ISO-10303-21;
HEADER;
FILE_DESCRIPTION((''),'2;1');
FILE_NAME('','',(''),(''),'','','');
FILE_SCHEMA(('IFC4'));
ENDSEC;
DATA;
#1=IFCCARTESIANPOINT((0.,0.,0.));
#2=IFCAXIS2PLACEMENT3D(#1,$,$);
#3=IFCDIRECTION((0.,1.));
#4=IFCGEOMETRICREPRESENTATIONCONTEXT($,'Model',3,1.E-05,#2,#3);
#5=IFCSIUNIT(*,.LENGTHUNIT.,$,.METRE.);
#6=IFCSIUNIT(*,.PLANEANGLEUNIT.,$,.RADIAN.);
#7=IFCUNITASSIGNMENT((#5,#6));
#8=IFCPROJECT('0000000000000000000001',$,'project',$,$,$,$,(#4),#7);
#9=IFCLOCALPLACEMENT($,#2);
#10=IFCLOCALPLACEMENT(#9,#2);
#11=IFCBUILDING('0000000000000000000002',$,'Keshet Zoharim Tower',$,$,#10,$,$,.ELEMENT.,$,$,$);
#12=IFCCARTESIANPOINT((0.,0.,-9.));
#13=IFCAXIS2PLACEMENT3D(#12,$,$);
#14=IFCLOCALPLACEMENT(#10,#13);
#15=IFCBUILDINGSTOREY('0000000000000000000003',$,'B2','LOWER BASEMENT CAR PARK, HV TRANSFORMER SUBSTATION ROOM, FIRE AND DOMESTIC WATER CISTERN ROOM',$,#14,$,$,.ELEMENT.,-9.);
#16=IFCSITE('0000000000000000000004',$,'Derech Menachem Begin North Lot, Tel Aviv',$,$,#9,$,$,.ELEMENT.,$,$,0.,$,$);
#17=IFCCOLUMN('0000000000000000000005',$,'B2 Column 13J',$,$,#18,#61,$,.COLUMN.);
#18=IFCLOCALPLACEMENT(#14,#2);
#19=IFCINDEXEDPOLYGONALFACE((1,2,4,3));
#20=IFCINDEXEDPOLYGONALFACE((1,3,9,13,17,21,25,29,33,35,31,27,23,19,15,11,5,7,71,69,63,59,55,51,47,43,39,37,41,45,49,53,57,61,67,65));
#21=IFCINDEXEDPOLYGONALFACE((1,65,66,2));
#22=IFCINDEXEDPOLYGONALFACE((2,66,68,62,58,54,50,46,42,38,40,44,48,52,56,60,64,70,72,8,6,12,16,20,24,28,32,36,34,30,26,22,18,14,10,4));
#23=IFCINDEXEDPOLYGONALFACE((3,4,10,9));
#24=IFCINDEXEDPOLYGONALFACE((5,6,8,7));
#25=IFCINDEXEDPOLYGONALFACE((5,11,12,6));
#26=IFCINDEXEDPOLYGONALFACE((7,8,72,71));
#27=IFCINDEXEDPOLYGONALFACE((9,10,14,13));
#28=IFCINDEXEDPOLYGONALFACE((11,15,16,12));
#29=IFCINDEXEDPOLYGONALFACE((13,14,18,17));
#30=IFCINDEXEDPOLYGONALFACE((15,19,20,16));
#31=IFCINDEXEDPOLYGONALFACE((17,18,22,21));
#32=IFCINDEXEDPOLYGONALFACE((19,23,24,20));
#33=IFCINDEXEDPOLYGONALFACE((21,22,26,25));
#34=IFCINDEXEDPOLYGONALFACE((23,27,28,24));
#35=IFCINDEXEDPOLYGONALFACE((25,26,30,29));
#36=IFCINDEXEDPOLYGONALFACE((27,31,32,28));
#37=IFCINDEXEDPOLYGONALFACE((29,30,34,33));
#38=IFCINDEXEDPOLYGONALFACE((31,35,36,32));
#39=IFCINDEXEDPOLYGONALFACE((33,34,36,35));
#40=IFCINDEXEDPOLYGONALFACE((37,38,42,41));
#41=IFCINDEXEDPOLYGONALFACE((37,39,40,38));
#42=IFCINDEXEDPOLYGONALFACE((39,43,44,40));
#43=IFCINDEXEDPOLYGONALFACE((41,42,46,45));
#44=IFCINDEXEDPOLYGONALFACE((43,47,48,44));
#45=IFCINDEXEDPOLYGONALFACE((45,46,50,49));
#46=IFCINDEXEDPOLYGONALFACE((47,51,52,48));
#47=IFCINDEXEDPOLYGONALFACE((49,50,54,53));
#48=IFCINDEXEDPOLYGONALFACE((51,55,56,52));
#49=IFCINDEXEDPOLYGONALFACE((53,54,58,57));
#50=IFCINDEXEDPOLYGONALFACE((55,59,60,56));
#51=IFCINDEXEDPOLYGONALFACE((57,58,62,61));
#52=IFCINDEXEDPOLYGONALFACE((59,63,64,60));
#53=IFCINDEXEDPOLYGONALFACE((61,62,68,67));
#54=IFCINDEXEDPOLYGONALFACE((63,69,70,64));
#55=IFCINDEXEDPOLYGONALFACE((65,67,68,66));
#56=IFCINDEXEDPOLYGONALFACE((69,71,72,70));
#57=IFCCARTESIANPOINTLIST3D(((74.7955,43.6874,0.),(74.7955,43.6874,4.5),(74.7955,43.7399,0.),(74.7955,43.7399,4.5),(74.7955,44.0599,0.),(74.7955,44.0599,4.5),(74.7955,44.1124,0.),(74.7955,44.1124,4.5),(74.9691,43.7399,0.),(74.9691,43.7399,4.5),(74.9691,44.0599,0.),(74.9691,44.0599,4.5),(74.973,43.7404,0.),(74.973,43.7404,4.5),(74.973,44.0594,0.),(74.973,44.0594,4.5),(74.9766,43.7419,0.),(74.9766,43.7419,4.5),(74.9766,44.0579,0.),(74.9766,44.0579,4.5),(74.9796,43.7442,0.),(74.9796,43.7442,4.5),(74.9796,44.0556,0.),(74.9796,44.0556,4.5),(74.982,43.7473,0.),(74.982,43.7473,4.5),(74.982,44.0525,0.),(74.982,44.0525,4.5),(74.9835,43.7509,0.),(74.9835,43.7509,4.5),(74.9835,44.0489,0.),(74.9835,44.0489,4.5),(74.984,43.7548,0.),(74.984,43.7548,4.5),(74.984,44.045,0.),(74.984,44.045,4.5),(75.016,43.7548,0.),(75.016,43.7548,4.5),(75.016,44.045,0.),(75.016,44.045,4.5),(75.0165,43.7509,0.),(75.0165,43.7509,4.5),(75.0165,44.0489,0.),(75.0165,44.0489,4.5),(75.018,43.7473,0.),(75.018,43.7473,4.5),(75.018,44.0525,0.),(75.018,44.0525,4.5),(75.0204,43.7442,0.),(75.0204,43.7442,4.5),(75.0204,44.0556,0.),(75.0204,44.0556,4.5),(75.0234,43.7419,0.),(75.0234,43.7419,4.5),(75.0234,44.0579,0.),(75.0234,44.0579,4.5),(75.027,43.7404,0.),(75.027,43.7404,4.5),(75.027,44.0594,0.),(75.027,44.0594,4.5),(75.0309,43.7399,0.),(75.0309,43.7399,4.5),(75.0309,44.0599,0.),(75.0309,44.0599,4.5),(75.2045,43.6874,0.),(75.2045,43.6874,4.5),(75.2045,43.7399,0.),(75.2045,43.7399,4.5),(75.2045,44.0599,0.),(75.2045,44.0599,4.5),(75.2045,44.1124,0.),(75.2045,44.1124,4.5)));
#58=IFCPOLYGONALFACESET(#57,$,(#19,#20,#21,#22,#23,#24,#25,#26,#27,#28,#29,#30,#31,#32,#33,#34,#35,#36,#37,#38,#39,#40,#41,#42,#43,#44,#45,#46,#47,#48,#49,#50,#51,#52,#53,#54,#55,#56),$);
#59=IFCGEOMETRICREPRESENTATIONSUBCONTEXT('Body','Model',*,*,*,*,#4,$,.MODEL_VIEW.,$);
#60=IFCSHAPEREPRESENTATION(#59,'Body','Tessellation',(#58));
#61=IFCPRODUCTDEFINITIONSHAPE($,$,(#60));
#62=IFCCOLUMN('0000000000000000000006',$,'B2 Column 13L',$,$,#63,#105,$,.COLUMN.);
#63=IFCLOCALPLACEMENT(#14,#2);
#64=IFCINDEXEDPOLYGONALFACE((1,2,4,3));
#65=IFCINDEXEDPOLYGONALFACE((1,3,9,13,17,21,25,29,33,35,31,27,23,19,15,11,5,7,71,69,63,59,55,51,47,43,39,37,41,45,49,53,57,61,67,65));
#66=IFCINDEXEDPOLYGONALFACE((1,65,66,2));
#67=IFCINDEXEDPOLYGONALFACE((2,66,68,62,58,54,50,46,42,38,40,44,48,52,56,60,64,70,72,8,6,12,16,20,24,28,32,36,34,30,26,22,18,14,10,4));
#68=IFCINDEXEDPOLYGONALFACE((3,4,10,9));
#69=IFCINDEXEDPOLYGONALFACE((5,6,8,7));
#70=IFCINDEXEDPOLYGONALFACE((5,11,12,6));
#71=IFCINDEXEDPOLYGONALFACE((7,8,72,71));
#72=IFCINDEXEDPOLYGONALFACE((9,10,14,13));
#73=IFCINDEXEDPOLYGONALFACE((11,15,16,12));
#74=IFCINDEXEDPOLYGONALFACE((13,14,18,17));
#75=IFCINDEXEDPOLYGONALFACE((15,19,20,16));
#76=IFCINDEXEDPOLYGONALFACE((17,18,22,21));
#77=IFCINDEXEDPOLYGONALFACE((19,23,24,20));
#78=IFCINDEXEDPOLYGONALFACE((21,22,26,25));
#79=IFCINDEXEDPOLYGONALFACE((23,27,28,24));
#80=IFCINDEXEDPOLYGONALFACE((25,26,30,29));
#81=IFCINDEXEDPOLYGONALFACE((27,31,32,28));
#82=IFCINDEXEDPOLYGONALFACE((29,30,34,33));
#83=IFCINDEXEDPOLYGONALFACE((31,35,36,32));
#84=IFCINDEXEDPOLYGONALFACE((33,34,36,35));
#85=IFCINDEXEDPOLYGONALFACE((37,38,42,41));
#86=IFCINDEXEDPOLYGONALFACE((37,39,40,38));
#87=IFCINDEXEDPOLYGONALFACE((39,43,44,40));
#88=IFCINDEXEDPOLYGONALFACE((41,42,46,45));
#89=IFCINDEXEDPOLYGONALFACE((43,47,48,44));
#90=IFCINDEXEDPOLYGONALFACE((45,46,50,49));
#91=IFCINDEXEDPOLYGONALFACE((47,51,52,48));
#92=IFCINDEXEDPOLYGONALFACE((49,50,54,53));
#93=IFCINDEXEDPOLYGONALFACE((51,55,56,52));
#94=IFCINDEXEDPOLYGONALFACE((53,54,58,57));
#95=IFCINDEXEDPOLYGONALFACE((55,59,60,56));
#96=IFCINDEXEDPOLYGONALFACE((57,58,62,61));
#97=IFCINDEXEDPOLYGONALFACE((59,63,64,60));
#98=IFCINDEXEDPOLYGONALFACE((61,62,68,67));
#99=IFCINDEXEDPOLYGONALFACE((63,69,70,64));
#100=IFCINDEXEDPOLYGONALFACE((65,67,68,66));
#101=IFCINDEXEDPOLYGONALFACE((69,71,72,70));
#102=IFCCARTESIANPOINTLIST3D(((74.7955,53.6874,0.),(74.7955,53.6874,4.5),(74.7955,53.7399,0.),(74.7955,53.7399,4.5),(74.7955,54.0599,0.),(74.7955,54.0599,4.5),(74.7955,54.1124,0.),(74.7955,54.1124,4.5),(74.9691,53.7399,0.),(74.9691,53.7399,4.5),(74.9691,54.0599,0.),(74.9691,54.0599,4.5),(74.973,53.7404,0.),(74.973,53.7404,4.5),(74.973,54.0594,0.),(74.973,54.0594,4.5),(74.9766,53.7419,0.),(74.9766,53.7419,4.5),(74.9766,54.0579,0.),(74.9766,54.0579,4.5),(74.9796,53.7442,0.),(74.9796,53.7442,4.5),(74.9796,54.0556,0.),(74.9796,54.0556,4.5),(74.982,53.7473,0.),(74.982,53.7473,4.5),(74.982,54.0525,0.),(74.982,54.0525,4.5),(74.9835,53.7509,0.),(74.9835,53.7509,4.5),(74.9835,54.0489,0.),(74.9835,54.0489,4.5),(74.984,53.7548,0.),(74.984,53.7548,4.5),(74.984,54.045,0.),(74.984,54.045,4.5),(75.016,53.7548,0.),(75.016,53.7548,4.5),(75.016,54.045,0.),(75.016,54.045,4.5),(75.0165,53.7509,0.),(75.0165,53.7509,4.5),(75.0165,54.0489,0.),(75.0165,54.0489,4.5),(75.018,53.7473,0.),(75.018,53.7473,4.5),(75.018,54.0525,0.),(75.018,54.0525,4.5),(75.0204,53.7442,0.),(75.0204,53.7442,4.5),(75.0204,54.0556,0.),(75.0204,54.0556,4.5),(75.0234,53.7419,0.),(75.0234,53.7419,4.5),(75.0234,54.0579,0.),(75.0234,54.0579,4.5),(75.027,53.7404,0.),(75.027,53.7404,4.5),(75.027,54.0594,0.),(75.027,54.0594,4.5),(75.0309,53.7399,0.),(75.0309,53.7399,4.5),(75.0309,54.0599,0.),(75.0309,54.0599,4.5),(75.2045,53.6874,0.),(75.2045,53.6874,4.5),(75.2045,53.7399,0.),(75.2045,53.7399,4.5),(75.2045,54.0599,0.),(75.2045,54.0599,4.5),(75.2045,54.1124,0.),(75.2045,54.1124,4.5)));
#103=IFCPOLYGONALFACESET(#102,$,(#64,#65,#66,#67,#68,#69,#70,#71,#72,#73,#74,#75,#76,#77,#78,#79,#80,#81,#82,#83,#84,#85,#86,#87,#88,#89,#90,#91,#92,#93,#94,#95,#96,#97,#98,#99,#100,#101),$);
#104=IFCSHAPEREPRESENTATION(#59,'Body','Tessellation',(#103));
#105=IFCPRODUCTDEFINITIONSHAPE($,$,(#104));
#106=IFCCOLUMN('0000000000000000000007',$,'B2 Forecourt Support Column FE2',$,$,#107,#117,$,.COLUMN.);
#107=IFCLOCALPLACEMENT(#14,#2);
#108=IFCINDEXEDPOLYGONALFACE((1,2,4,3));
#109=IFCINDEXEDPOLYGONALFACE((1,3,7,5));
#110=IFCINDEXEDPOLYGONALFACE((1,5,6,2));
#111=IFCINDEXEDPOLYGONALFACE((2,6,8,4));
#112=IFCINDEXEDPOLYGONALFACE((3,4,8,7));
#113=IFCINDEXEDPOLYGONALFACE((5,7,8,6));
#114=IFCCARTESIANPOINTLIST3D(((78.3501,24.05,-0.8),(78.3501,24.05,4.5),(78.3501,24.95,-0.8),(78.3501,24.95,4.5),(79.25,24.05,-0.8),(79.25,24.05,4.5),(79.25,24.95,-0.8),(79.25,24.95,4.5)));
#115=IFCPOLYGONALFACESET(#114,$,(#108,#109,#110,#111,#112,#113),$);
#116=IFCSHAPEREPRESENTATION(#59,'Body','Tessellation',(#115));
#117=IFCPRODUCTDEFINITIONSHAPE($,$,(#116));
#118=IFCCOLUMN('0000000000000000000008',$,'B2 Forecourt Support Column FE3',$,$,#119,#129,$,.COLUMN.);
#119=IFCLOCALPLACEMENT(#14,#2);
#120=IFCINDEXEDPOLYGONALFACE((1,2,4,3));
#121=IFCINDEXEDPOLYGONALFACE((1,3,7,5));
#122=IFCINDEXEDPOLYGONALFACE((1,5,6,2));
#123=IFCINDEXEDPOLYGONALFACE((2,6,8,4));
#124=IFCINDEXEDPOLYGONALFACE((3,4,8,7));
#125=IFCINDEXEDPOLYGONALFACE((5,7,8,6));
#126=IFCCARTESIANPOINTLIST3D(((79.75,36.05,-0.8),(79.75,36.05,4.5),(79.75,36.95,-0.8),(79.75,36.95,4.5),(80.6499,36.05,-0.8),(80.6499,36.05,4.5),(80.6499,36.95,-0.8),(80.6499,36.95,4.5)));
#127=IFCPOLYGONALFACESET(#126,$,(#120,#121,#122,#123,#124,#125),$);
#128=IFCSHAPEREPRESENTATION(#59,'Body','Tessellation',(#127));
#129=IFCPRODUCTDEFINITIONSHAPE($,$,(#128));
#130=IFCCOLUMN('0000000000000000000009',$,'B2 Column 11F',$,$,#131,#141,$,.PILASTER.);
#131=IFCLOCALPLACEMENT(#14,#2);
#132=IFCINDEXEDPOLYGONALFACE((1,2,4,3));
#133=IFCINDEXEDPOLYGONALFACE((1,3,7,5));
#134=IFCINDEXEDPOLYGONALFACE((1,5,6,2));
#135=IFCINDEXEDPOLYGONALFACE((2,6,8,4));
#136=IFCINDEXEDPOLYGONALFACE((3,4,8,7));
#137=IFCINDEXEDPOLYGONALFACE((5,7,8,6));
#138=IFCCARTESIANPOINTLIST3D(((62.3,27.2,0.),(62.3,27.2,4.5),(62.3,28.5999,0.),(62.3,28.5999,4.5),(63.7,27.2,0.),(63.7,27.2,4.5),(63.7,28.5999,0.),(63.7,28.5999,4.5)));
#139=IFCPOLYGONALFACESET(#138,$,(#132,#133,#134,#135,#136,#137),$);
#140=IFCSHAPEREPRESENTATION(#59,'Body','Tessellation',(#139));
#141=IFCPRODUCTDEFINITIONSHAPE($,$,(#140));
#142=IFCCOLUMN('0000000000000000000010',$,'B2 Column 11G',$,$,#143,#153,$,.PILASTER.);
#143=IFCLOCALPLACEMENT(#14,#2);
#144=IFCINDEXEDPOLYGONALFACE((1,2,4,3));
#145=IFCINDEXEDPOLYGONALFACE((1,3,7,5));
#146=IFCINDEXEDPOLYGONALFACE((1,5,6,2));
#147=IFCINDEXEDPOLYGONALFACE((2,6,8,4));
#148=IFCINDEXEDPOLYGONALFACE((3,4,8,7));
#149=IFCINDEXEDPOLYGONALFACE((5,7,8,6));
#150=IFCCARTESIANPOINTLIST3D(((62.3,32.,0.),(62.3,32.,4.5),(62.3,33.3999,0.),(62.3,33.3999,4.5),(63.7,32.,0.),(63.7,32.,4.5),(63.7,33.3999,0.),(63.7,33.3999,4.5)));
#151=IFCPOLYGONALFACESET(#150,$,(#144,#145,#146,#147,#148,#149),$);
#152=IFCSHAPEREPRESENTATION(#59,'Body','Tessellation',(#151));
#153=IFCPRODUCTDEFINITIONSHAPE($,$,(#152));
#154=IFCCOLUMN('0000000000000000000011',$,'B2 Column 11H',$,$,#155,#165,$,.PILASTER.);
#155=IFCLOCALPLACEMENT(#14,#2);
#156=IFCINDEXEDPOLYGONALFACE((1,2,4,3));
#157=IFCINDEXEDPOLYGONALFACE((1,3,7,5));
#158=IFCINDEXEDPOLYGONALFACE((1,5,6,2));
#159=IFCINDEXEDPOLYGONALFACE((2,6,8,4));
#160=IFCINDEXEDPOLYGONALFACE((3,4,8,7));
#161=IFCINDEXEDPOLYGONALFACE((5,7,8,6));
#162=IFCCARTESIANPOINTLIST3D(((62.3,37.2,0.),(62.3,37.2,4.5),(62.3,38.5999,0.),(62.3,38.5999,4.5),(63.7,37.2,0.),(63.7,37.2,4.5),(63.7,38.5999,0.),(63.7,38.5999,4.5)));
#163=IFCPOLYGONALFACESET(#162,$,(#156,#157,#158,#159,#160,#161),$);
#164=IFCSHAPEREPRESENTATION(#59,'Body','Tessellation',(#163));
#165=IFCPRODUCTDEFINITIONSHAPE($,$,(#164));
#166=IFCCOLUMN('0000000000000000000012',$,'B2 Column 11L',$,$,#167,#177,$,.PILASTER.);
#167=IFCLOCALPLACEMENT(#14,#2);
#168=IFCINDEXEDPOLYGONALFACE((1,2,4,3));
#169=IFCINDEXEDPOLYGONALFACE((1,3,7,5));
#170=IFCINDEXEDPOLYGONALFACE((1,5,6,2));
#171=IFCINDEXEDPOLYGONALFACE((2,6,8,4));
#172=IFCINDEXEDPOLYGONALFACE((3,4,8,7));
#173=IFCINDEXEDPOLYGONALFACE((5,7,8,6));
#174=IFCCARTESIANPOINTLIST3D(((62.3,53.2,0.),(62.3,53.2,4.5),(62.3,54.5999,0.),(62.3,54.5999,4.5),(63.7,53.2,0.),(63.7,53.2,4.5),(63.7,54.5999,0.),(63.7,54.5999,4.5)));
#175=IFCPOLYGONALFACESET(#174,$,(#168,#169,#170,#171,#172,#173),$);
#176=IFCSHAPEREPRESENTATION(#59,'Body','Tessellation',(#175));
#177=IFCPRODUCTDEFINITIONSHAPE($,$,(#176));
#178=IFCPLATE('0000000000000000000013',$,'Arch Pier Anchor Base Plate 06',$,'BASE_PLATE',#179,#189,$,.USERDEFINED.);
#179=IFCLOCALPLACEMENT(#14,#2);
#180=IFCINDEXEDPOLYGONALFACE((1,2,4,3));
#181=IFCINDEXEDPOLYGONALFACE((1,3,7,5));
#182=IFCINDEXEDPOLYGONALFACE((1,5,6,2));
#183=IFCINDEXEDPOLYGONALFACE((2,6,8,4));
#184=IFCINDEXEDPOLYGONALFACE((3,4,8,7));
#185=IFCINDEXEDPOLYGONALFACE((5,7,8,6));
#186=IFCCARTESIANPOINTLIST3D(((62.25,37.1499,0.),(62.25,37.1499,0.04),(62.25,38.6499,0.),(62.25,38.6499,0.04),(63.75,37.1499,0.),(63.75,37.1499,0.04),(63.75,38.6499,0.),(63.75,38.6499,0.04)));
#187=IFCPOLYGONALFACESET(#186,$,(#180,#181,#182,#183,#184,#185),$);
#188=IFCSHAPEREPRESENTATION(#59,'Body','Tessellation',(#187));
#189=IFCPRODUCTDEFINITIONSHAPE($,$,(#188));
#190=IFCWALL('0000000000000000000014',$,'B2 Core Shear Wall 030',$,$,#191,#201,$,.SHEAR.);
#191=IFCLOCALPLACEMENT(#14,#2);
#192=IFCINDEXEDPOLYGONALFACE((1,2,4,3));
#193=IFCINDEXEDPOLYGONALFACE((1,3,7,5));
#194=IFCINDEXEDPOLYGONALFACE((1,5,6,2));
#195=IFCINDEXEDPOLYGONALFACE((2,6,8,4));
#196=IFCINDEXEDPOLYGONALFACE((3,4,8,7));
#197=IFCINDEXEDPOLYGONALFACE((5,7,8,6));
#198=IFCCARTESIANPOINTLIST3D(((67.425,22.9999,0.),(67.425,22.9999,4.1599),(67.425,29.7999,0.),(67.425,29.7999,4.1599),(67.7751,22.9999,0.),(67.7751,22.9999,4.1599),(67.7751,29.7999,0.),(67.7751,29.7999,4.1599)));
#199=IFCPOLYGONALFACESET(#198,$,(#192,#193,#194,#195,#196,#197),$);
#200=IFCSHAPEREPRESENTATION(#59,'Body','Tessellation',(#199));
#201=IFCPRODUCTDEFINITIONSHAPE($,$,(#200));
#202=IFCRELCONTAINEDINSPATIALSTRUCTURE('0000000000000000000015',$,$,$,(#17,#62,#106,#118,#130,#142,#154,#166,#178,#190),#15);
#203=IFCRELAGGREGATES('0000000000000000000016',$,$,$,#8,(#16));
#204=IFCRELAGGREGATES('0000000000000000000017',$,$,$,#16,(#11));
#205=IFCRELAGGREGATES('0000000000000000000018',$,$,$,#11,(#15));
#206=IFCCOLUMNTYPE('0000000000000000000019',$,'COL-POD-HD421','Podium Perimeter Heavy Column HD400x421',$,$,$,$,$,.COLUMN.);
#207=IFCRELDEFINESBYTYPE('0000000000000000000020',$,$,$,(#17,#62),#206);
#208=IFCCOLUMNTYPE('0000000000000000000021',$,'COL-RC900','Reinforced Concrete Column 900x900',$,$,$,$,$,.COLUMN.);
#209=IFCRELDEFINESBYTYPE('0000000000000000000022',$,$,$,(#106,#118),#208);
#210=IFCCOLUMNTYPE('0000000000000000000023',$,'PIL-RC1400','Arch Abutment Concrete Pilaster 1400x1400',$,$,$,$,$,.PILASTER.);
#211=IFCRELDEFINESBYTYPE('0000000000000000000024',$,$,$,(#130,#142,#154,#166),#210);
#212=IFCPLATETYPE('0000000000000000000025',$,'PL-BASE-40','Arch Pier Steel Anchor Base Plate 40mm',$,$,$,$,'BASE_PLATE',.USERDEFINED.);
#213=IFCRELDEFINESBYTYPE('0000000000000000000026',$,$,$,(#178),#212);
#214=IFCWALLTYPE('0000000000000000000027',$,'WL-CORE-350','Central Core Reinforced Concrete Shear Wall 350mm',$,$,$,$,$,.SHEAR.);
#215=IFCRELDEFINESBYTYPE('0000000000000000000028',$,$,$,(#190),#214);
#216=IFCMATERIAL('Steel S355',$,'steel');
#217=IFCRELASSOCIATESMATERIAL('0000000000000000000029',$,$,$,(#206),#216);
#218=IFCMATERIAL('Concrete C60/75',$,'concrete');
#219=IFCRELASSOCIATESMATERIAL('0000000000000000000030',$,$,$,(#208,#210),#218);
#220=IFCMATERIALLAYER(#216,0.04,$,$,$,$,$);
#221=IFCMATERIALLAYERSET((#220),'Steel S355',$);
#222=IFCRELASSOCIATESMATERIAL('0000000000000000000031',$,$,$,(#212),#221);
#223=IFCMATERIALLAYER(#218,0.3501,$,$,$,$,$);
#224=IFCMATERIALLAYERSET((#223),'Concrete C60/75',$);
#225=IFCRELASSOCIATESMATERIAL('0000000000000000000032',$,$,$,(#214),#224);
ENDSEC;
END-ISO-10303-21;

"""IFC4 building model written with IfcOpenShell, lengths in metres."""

from ifc_helpers import new_model, si_unit, direction, frame, frame_2d, origin, origin_2d, place, context, subcontext, project, spatial, rectangle, i_section, extrude, material, layer, layer_set, material_profile, profile_set, type_object, element, save


model = new_model("IFC4")

# Units and contexts
model_context = context("Model", 3, precision=1e-05, world=origin(), true_north=direction((0.0, 1.0)))
body_context = subcontext(model_context, "Body", "Model", "MODEL_VIEW")
ifc_project = project(units=[si_unit("LENGTHUNIT", "METRE"), si_unit("PLANEANGLEUNIT", "RADIAN")], contexts=[model_context])

# Site, building, storey
site_placement = place(None, origin())
site = spatial("IfcSite", under=ifc_project, at=site_placement, Name="Derech Menachem Begin North Lot, Tel Aviv", CompositionType="ELEMENT", RefElevation=0.0)
building_placement = place(site_placement, origin())
building = spatial("IfcBuilding", under=site, at=building_placement, Name="Keshet Zoharim Tower", CompositionType="ELEMENT")
storey_placement = place(building_placement, frame((0.0, 0.0, -9.0)))
storey = spatial("IfcBuildingStorey", under=building, at=storey_placement, Name="B2", Description="LOWER BASEMENT CAR PARK, HV TRANSFORMER SUBSTATION ROOM, FIRE AND DOMESTIC WATER CISTERN ROOM", CompositionType="ELEMENT", Elevation=-9.0)

# Columns
ifc_material_1 = material(Name="Steel S355", Category="steel")
ifc_material_profile_1 = material_profile(ifc_material_1, i_section(OverallWidth=0.4089, OverallDepth=0.425, WebThickness=0.032, FlangeThickness=0.0525, FilletRadius=0.0149, at=origin_2d()), Name="HD400x421")
ifc_profile_set_1 = profile_set([ifc_material_profile_1], Name="Steel S355")
column_type_1 = type_object("IfcColumnType", Name="COL-POD-HD421", Description="Podium Perimeter Heavy Column HD400x421", PredefinedType="COLUMN", material=ifc_profile_set_1)
for number, where, z_axis, x_axis, name in (
    (1, (75.0, 43.8999, 0.0), (0.0, 0.0, 1.0), (1.0, 0.0, 0.0), "B2 Column 13J"),
    (2, (75.0, 53.8999, 0.0), (0.0, 0.0, 1.0), (1.0, 0.0, 0.0), "B2 Column 13L"),
):
    element("IfcColumn", number, at=place(storey_placement, frame(where, z_axis=z_axis, x_axis=x_axis)), inside=storey, type_object=column_type_1, Name=name, PredefinedType="COLUMN", context=body_context, shape_type="SweptSolid", body=[
        extrude(i_section(OverallWidth=0.4089, OverallDepth=0.425, WebThickness=0.032, FlangeThickness=0.0525, FilletRadius=0.0149, at=origin_2d()), origin(), (0.0, 0.0, 1.0), 4.5),
    ])
ifc_material_2 = material(Name="Concrete C60/75", Category="concrete")
ifc_material_profile_2 = material_profile(ifc_material_2, rectangle(XDim=0.8999, YDim=0.8999, at=origin_2d()), Name="RC900x900")
ifc_profile_set_2 = profile_set([ifc_material_profile_2], Name="Concrete C60/75")
column_type_2 = type_object("IfcColumnType", Name="COL-RC900", Description="Reinforced Concrete Column 900x900", PredefinedType="COLUMN", material=ifc_profile_set_2)
for number, where, z_axis, x_axis, name in (
    (3, (78.8, 24.5, -0.8), (0.0, 0.0, 1.0), (1.0, 0.0, 0.0), "B2 Forecourt Support Column FE2"),
    (4, (80.2, 36.5, -0.8), (0.0, 0.0, 1.0), (1.0, 0.0, 0.0), "B2 Forecourt Support Column FE3"),
):
    element("IfcColumn", number, at=place(storey_placement, frame(where, z_axis=z_axis, x_axis=x_axis)), inside=storey, type_object=column_type_2, Name=name, PredefinedType="COLUMN", context=body_context, shape_type="SweptSolid", body=[
        extrude(rectangle(XDim=0.8999, YDim=0.8999, at=origin_2d()), origin(), (0.0, 0.0, 1.0), 5.3),
    ])
ifc_material_profile_3 = material_profile(ifc_material_2, rectangle(XDim=1.3999, YDim=1.3999, at=origin_2d()), Name="RC1400x1400")
ifc_profile_set_3 = profile_set([ifc_material_profile_3], Name="Concrete C60/75")
column_type_3 = type_object("IfcColumnType", Name="PIL-RC1400", Description="Arch Abutment Concrete Pilaster 1400x1400", PredefinedType="PILASTER", material=ifc_profile_set_3)
for number, where, z_axis, x_axis, name in (
    (5, (63.0, 27.8999, 0.0), (0.0, 0.0, 1.0), (1.0, 0.0, 0.0), "B2 Column 11F"),
    (6, (63.0, 32.7, 0.0), (0.0, 0.0, 1.0), (1.0, 0.0, 0.0), "B2 Column 11G"),
    (7, (63.0, 37.8999, 0.0), (0.0, 0.0, 1.0), (1.0, 0.0, 0.0), "B2 Column 11H"),
    (8, (63.0, 53.8999, 0.0), (0.0, 0.0, 1.0), (1.0, 0.0, 0.0), "B2 Column 11L"),
):
    element("IfcColumn", number, at=place(storey_placement, frame(where, z_axis=z_axis, x_axis=x_axis)), inside=storey, type_object=column_type_3, Name=name, PredefinedType="PILASTER", context=body_context, shape_type="SweptSolid", body=[
        extrude(rectangle(XDim=1.3999, YDim=1.3999, at=origin_2d()), origin(), (0.0, 0.0, 1.0), 4.5),
    ])

# Plate
ifc_layer_1 = layer(ifc_material_1, 0.04)
ifc_layer_set_1 = layer_set([ifc_layer_1], Name="Steel S355")
plate_type = type_object("IfcPlateType", Name="PL-BASE-40", Description="Arch Pier Steel Anchor Base Plate 40mm", ElementType="BASE_PLATE", PredefinedType="USERDEFINED", material=ifc_layer_set_1)
plate_placement = place(storey_placement, frame((63.0, 37.8999, 0.0), z_axis=(0.0, 0.0, 1.0), x_axis=(1.0, 0.0, 0.0)))
element("IfcPlate", 9, at=plate_placement, inside=storey, type_object=plate_type, Name="Arch Pier Anchor Base Plate 06", ObjectType="BASE_PLATE", PredefinedType="USERDEFINED", context=body_context, shape_type="SweptSolid", body=[
    extrude(rectangle(XDim=1.5, YDim=1.5, at=origin_2d()), origin(), (0.0, 0.0, 1.0), 0.04),
])

# Wall
ifc_layer_2 = layer(ifc_material_2, 0.3501)
ifc_layer_set_2 = layer_set([ifc_layer_2], Name="Concrete C60/75")
wall_type_1 = type_object("IfcWallType", Name="WL-CORE-350", Description="Central Core Reinforced Concrete Shear Wall 350mm", PredefinedType="SHEAR", material=ifc_layer_set_2)
wall_1_placement = place(storey_placement, frame((67.6001, 23.0, 0.0), z_axis=(0.0, 0.0, 1.0), x_axis=(0.0, 1.0, 0.0)))
element("IfcWall", 10, at=wall_1_placement, inside=storey, type_object=wall_type_1, Name="B2 Core Shear Wall 030", PredefinedType="SHEAR", context=body_context, shape_type="SweptSolid", body=[
    extrude(rectangle(XDim=6.8, YDim=0.3501, at=frame_2d((3.3999, 0.0))), origin(), (0.0, 0.0, 1.0), 4.1599),
])

save(model, "model.ifc")
